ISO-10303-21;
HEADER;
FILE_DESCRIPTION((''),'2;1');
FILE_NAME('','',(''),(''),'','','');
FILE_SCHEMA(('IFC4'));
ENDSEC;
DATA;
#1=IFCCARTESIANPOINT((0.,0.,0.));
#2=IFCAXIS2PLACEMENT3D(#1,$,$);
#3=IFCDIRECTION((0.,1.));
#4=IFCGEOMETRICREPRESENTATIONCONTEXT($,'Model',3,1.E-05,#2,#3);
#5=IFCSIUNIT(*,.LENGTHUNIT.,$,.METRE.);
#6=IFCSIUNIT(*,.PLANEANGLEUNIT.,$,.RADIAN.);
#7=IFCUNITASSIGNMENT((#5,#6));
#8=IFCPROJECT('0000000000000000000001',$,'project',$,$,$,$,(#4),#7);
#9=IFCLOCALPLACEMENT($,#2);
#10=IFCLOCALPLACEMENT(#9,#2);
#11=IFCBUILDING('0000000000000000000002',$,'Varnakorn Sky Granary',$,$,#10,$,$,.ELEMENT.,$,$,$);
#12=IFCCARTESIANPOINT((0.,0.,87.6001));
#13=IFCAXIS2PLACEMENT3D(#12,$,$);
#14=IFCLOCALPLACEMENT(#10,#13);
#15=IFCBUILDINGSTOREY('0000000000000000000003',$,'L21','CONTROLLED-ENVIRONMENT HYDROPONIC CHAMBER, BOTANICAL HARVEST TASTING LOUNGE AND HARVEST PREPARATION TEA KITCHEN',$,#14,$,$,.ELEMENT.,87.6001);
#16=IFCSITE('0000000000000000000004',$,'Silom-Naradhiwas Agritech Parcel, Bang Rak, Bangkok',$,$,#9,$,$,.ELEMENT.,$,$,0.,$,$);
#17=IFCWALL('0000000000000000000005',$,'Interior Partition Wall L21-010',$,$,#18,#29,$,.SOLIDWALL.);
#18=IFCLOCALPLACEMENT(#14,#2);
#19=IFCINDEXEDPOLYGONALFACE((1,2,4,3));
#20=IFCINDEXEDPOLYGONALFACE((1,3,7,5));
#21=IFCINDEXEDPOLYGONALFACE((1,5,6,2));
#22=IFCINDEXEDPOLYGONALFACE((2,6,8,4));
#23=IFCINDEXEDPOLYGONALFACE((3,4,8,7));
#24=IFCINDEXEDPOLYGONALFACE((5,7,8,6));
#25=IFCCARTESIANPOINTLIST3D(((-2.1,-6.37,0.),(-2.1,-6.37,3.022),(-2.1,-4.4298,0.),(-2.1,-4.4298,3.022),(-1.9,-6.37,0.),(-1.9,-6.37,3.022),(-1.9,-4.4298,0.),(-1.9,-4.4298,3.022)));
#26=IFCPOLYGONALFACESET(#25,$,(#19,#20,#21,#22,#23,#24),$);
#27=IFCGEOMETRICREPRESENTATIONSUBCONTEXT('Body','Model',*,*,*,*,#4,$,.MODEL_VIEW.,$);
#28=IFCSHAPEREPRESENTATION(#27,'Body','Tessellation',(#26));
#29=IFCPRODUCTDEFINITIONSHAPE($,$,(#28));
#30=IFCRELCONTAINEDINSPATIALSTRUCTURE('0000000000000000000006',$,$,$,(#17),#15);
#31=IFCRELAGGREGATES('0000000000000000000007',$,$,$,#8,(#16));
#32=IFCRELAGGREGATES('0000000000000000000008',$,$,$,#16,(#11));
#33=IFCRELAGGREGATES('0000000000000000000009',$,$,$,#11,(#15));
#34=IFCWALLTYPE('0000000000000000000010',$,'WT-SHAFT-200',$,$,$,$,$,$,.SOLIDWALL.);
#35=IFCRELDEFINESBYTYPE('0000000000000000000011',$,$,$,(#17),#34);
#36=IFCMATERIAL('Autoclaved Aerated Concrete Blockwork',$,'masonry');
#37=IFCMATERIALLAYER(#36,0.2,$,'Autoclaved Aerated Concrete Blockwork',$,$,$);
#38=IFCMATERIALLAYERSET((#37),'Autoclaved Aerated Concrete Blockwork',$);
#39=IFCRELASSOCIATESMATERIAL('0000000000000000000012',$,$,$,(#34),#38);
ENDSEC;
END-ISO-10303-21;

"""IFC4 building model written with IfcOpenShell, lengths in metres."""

from ifc_helpers import new_model, si_unit, direction, frame, frame_2d, origin, place, context, subcontext, project, spatial, rectangle, extrude, material, layer, layer_set, type_object, element, save


model = new_model("IFC4")

# Units and contexts
model_context = context("Model", 3, precision=1e-05, world=origin(), true_north=direction((0.0, 1.0)))
body_context = subcontext(model_context, "Body", "Model", "MODEL_VIEW")
ifc_project = project(units=[si_unit("LENGTHUNIT", "METRE"), si_unit("PLANEANGLEUNIT", "RADIAN")], contexts=[model_context])

# Site, building, storey
site_placement = place(None, origin())
site = spatial("IfcSite", under=ifc_project, at=site_placement, Name="Silom-Naradhiwas Agritech Parcel, Bang Rak, Bangkok", CompositionType="ELEMENT", RefElevation=0.0)
building_placement = place(site_placement, origin())
building = spatial("IfcBuilding", under=site, at=building_placement, Name="Varnakorn Sky Granary", CompositionType="ELEMENT")
storey_placement = place(building_placement, frame((0.0, 0.0, 87.6001)))
storey = spatial("IfcBuildingStorey", under=building, at=storey_placement, Name="L21", Description="CONTROLLED-ENVIRONMENT HYDROPONIC CHAMBER, BOTANICAL HARVEST TASTING LOUNGE AND HARVEST PREPARATION TEA KITCHEN", CompositionType="ELEMENT", Elevation=87.6001)

# Shared definitions
ifc_material_1 = material(Name="Autoclaved Aerated Concrete Blockwork", Category="masonry")

# Shared definitions
ifc_layer_1 = layer(ifc_material_1, 0.2, Name="Autoclaved Aerated Concrete Blockwork")
ifc_layer_set_1 = layer_set([ifc_layer_1], Name="Autoclaved Aerated Concrete Blockwork")
wall_type_1 = type_object("IfcWallType", Name="WT-SHAFT-200", PredefinedType="SOLIDWALL", material=ifc_layer_set_1)

# Wall
wall_1_placement = place(storey_placement, frame((-2.0, -6.3701, 0.0), z_axis=(0.0, 0.0, 1.0), x_axis=(0.0, 1.0, 0.0)))
element("IfcWall", 1, at=wall_1_placement, inside=storey, type_object=wall_type_1, Name="Interior Partition Wall L21-010", PredefinedType="SOLIDWALL", context=body_context, shape_type="SweptSolid", body=[
    extrude(rectangle(XDim=1.9402, YDim=0.2, at=frame_2d((0.9702, 0.0))), origin(), (0.0, 0.0, 1.0), 3.022),
])

save(model, "model.ifc")
